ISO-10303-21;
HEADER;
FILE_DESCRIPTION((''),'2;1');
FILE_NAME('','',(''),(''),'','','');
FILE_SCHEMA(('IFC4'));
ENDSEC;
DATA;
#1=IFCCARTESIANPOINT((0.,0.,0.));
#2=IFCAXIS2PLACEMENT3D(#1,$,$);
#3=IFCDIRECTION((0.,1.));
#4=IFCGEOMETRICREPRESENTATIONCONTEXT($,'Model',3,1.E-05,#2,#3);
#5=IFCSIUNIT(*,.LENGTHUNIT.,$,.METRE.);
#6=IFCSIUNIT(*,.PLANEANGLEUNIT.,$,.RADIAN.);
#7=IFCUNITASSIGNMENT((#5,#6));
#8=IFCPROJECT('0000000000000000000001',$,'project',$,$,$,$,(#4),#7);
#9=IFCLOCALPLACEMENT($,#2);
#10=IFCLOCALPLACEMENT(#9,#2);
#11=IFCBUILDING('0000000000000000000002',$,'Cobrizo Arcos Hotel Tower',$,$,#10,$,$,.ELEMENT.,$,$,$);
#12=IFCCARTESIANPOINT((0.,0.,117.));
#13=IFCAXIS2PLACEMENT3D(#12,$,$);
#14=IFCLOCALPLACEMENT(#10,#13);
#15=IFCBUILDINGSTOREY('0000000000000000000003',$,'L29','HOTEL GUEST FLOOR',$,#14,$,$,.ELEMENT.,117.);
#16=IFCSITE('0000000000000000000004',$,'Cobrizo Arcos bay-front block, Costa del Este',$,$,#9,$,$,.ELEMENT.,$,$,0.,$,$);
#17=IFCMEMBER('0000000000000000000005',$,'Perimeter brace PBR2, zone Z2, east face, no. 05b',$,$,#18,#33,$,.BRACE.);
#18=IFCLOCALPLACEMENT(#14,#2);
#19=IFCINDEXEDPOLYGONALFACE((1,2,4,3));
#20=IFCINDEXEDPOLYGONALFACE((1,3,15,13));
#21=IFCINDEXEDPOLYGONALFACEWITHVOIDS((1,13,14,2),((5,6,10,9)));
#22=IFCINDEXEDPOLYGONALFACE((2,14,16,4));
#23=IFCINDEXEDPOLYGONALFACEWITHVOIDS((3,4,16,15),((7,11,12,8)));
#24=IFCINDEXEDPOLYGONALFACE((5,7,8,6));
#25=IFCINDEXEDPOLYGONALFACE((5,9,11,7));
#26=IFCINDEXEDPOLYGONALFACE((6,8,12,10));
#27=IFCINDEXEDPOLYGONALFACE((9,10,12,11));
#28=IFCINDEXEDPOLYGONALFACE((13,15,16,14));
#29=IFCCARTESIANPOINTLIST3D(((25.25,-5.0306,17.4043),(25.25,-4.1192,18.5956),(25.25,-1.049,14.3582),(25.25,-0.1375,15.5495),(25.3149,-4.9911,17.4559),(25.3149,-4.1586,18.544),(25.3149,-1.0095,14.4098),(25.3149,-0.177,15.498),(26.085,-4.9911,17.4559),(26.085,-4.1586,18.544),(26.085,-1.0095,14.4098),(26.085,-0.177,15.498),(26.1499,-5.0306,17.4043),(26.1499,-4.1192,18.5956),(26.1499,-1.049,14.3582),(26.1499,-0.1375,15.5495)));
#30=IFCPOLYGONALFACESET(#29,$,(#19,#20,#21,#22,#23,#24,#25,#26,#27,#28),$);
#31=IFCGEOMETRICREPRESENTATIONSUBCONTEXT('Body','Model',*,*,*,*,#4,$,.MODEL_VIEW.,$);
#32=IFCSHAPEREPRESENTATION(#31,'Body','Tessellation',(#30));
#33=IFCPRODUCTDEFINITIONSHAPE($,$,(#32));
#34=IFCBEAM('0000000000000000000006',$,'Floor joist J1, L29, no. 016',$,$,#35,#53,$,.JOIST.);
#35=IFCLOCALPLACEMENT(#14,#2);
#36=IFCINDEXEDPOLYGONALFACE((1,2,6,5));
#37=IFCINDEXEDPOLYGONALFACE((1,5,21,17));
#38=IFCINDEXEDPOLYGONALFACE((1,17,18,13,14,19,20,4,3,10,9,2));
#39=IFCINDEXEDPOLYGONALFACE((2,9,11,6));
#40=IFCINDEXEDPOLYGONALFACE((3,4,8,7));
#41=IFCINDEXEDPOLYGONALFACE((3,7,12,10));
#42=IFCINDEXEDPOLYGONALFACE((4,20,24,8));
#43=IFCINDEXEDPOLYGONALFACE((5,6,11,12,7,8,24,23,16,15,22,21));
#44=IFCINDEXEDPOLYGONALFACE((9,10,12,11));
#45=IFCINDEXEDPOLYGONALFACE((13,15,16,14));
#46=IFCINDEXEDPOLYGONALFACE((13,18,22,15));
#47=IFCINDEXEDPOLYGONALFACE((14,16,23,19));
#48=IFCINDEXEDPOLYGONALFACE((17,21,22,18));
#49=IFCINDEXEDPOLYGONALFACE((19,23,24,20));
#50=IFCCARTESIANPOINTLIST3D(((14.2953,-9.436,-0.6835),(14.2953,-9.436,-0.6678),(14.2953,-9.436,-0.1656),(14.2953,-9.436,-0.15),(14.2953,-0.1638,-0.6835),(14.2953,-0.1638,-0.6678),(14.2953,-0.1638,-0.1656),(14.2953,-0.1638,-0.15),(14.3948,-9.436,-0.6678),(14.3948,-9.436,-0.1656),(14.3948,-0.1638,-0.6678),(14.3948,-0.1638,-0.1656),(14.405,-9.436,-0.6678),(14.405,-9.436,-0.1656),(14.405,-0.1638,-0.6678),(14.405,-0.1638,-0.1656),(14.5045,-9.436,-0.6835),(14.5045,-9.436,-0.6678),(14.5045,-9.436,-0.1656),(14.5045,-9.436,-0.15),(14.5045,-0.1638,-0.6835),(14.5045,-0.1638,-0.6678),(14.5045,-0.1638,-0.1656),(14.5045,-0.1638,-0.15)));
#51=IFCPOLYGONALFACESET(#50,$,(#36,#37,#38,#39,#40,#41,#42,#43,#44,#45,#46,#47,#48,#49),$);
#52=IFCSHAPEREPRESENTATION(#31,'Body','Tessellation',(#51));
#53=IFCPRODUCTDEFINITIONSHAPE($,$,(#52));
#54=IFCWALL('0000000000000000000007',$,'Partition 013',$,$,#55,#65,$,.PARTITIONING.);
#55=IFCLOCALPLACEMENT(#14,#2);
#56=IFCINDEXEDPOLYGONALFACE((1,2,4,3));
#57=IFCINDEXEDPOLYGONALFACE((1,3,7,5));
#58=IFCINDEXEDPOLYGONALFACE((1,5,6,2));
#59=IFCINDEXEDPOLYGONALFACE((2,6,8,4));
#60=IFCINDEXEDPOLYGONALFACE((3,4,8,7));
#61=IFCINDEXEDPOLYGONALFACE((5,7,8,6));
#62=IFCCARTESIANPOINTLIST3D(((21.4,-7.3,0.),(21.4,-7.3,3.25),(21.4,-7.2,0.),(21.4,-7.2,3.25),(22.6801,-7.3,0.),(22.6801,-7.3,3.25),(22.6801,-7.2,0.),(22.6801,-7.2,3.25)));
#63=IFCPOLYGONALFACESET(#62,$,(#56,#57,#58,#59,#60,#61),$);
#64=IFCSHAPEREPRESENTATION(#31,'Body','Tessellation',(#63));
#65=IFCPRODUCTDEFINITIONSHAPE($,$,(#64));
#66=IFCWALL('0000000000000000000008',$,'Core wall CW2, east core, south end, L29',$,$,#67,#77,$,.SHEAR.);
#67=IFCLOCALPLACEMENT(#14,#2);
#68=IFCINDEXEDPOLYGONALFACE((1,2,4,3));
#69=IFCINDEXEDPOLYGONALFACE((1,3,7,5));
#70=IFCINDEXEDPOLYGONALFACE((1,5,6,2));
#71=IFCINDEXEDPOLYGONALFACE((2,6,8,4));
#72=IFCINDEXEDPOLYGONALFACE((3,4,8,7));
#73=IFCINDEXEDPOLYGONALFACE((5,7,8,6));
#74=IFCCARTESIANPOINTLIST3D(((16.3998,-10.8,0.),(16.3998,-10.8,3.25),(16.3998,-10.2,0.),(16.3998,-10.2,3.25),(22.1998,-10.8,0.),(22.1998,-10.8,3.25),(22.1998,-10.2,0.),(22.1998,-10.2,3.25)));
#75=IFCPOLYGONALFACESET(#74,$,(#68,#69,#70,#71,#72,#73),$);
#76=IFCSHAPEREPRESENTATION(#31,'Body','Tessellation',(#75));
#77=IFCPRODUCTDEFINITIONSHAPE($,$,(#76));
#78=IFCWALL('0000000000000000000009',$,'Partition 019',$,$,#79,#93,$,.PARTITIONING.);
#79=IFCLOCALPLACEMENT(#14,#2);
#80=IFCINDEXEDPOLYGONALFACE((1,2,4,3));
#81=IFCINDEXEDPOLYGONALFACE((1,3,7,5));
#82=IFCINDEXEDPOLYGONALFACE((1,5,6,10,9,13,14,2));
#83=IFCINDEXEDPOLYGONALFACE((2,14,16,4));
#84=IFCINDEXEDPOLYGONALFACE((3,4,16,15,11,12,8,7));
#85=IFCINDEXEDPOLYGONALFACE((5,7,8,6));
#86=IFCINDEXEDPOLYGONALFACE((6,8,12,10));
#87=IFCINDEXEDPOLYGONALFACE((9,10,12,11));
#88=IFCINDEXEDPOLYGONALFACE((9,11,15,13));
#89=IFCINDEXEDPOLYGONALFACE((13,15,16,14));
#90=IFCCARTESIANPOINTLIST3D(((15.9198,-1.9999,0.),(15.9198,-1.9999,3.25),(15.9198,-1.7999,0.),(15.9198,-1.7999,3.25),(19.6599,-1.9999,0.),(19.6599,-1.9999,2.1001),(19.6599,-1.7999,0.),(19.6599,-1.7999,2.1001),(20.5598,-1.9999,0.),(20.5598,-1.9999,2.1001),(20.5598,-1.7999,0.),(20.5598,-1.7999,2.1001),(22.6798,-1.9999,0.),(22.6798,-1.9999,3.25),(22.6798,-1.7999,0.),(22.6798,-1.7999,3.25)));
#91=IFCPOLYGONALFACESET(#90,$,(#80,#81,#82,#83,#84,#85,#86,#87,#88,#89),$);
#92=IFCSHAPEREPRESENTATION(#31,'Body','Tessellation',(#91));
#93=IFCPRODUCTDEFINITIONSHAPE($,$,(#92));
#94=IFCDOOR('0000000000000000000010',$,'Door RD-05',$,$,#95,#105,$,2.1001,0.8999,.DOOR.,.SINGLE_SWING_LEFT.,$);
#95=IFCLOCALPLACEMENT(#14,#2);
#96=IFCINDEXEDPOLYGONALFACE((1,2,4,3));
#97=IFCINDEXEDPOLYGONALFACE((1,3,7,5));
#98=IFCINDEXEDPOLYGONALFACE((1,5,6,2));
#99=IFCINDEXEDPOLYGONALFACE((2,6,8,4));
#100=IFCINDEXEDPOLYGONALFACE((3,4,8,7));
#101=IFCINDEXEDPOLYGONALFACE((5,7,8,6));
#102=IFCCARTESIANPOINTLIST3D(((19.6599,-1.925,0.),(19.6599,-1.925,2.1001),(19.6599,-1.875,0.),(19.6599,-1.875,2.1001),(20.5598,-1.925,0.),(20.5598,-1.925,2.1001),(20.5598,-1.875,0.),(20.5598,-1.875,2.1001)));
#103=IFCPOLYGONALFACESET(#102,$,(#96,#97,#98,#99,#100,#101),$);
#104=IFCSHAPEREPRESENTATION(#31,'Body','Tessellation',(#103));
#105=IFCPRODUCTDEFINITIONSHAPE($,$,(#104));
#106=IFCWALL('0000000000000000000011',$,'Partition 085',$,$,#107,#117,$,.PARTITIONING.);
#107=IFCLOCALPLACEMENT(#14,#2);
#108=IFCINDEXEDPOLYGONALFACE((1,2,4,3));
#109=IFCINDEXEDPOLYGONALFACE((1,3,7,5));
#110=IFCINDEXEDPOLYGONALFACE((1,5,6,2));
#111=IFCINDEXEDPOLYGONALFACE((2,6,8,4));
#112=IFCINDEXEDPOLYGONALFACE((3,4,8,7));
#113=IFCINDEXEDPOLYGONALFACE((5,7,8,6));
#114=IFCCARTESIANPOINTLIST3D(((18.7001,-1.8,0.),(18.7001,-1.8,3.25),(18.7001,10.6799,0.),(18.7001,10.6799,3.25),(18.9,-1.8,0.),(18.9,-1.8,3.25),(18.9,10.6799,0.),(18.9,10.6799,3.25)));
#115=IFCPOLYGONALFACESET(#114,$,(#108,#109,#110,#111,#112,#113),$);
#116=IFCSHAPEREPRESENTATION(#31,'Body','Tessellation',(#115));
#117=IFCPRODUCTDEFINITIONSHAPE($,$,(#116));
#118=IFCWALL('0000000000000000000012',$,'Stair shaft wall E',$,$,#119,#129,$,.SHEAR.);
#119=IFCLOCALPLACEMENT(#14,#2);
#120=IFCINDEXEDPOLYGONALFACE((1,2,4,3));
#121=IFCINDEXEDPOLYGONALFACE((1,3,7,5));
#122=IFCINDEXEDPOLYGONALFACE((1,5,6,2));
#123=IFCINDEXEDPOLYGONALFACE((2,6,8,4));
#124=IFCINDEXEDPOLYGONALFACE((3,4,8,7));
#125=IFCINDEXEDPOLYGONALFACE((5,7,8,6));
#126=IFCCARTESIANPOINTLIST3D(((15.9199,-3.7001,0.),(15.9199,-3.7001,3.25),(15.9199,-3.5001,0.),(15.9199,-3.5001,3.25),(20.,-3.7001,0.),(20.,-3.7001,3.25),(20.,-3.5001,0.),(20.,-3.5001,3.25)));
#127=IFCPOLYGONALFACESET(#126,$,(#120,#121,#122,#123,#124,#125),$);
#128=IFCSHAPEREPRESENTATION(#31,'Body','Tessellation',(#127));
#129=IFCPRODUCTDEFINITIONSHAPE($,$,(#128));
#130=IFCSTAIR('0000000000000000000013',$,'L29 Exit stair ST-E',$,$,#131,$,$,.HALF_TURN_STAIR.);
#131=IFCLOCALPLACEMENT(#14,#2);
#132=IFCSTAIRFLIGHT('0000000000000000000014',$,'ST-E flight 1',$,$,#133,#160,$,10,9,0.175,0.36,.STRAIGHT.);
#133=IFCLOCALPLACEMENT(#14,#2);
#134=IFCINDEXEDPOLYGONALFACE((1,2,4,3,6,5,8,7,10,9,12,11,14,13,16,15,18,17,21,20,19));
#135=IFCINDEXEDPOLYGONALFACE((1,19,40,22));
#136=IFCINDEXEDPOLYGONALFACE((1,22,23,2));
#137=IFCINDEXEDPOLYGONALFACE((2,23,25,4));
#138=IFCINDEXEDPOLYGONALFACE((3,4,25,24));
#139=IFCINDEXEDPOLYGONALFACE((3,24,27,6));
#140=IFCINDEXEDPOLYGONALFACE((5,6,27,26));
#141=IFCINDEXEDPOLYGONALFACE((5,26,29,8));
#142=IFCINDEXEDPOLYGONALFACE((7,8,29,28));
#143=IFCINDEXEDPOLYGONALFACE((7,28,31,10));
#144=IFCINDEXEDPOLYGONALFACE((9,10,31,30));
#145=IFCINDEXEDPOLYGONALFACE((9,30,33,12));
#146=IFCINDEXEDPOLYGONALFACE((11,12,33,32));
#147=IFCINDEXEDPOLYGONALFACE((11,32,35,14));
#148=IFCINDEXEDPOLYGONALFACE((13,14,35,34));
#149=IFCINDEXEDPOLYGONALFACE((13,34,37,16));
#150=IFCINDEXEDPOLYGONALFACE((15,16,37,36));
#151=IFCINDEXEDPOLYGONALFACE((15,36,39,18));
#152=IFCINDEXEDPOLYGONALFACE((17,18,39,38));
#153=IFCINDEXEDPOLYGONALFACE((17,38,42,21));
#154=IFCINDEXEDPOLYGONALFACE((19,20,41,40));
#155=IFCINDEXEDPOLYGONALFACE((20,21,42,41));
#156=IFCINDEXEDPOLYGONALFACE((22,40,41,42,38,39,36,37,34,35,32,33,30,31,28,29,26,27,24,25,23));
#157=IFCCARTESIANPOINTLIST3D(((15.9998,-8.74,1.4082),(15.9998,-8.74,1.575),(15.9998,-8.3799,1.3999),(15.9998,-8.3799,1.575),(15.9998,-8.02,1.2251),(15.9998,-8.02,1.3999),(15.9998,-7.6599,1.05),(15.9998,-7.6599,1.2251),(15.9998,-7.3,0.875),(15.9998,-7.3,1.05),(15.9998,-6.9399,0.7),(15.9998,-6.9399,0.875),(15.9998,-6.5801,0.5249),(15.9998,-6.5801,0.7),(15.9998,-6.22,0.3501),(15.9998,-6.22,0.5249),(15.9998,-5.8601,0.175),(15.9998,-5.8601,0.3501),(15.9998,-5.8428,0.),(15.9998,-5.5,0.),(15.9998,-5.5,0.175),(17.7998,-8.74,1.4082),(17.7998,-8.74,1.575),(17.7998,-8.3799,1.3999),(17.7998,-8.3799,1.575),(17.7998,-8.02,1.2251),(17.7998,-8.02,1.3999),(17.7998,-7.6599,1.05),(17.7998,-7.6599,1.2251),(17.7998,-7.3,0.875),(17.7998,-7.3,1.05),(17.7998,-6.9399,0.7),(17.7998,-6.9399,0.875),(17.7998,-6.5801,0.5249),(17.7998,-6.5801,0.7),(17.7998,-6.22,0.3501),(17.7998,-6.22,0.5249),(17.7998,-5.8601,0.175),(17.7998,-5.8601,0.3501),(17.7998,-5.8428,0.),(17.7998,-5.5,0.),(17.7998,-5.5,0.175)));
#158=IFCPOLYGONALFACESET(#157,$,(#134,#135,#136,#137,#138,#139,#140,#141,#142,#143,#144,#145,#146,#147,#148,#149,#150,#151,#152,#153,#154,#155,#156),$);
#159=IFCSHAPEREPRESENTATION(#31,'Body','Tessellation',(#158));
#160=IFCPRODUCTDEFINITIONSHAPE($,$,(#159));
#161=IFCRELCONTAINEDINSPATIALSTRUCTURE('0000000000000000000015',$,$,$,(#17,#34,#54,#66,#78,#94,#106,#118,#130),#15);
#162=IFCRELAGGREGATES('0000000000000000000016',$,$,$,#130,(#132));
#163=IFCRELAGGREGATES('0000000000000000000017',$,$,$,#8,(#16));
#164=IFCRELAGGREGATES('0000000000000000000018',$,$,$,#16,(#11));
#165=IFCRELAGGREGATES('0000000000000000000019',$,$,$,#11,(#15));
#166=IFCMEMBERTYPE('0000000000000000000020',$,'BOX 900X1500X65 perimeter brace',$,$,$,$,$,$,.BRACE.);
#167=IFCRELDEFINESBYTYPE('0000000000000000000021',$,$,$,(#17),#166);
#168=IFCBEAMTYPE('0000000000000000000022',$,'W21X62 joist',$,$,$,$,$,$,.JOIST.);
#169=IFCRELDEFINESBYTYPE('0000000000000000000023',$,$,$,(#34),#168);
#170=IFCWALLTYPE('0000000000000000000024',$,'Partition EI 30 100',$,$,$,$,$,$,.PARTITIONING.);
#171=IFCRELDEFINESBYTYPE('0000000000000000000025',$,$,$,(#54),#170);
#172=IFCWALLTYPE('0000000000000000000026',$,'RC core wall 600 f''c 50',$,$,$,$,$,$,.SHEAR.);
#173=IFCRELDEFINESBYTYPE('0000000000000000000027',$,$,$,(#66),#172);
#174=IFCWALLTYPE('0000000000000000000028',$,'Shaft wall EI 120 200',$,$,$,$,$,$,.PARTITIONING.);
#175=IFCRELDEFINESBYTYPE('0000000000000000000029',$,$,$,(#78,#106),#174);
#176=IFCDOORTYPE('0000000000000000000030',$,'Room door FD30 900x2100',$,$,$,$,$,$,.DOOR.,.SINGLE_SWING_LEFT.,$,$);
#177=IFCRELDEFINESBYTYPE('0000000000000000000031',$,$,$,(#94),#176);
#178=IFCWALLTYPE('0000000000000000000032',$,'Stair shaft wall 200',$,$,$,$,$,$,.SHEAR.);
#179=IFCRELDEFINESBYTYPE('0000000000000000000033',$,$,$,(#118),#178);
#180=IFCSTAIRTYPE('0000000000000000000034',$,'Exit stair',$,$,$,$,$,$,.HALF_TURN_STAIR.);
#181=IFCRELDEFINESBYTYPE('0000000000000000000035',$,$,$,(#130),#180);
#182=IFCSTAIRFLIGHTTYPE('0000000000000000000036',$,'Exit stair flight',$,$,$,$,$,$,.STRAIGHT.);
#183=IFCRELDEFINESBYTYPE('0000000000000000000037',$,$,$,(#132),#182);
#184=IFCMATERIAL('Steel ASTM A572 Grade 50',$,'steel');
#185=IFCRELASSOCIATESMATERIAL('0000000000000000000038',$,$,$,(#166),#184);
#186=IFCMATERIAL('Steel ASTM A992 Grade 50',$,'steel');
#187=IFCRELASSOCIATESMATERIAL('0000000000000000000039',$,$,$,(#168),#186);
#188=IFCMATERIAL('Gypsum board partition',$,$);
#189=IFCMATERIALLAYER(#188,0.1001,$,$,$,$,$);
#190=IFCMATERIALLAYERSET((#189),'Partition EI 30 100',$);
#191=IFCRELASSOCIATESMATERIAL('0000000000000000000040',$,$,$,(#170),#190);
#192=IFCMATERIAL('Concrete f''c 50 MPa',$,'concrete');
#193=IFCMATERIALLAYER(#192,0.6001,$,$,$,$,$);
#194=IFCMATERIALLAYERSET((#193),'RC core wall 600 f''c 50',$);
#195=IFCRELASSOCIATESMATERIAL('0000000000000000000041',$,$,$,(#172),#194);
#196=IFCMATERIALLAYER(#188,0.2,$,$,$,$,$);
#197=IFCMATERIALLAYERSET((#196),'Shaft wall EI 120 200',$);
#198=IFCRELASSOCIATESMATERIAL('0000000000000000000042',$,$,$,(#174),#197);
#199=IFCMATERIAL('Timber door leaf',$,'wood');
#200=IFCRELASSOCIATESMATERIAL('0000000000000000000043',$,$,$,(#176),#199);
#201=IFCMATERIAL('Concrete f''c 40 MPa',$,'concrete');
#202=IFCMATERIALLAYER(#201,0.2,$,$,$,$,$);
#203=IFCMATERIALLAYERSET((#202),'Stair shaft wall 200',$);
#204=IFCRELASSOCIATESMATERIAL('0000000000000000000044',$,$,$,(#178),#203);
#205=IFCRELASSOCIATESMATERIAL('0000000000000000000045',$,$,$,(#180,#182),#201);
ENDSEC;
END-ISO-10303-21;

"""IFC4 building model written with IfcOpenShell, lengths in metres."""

from ifc_helpers import new_model, si_unit, direction, frame, frame_2d, origin, origin_2d, place, context, subcontext, project, spatial, polyline, rectangle, hollow_rectangle, i_section, outline, extrude, material, layer, layer_set, material_profile, profile_set, type_object, element, fill, aggregate, save


model = new_model("IFC4")

# Units and contexts
model_context = context("Model", 3, precision=1e-05, world=origin(), true_north=direction((0.0, 1.0)))
body_context = subcontext(model_context, "Body", "Model", "MODEL_VIEW")
ifc_project = project(units=[si_unit("LENGTHUNIT", "METRE"), si_unit("PLANEANGLEUNIT", "RADIAN")], contexts=[model_context])

# Site, building, storey
site_placement = place(None, origin())
site = spatial("IfcSite", under=ifc_project, at=site_placement, Name="Cobrizo Arcos bay-front block, Costa del Este", CompositionType="ELEMENT", RefElevation=0.0)
building_placement = place(site_placement, origin())
building = spatial("IfcBuilding", under=site, at=building_placement, Name="Cobrizo Arcos Hotel Tower", CompositionType="ELEMENT")
storey_placement = place(building_placement, frame((0.0, 0.0, 117.0)))
storey = spatial("IfcBuildingStorey", under=building, at=storey_placement, Name="L29", Description="HOTEL GUEST FLOOR", CompositionType="ELEMENT", Elevation=117.0)

# Member
ifc_material_1 = material(Name="Steel ASTM A572 Grade 50", Category="steel")
ifc_material_profile_1 = material_profile(ifc_material_1, hollow_rectangle(XDim=0.8999, YDim=1.5, WallThickness=0.0649, at=origin_2d()), Name="BOX 900X1500X65")
ifc_profile_set_1 = profile_set([ifc_material_profile_1], Name="Steel ASTM A572 Grade 50")
member_type = type_object("IfcMemberType", Name="BOX 900X1500X65 perimeter brace", PredefinedType="BRACE", material=ifc_profile_set_1)
member_placement = place(storey_placement, frame((25.7, -0.5933, 14.9539), z_axis=(0.0, -0.794231, 0.607616), x_axis=(1.0, 0.0, 0.0)))
element("IfcMember", 1, at=member_placement, inside=storey, type_object=member_type, Name="Perimeter brace PBR2, zone Z2, east face, no. 05b", PredefinedType="BRACE", context=body_context, shape_type="SweptSolid", body=[
    extrude(hollow_rectangle(XDim=0.8999, YDim=1.5, WallThickness=0.0649, at=origin_2d()), origin(), (0.0, 0.0, 1.0), 5.0132),
])

# Beam
ifc_material_2 = material(Name="Steel ASTM A992 Grade 50", Category="steel")
ifc_material_profile_2 = material_profile(ifc_material_2, i_section(OverallWidth=0.2092, OverallDepth=0.5334, WebThickness=0.0103, FlangeThickness=0.0156, at=origin_2d()), Name="W21X62")
ifc_profile_set_2 = profile_set([ifc_material_profile_2], Name="Steel ASTM A992 Grade 50")
beam_type = type_object("IfcBeamType", Name="W21X62 joist", PredefinedType="JOIST", material=ifc_profile_set_2)
beam_placement = place(storey_placement, frame((14.3999, -9.436, -0.4167), z_axis=(0.0, 1.0, 0.0), x_axis=(-1.0, 0.0, 0.0)))
element("IfcBeam", 2, at=beam_placement, inside=storey, type_object=beam_type, Name="Floor joist J1, L29, no. 016", PredefinedType="JOIST", context=body_context, shape_type="SweptSolid", body=[
    extrude(i_section(OverallWidth=0.2092, OverallDepth=0.5334, WebThickness=0.0103, FlangeThickness=0.0156, at=origin_2d()), origin(), (0.0, 0.0, 1.0), 9.2722),
])

# Walls
ifc_material_3 = material(Name="Gypsum board partition")
ifc_layer_1 = layer(ifc_material_3, 0.1001)
ifc_layer_set_1 = layer_set([ifc_layer_1], Name="Partition EI 30 100")
wall_type_1 = type_object("IfcWallType", Name="Partition EI 30 100", PredefinedType="PARTITIONING", material=ifc_layer_set_1)
wall_1_placement = place(storey_placement, frame((21.3999, -7.25, 0.0), z_axis=(0.0, 0.0, 1.0), x_axis=(1.0, 0.0, 0.0)))
element("IfcWall", 3, at=wall_1_placement, inside=storey, type_object=wall_type_1, Name="Partition 013", PredefinedType="PARTITIONING", context=body_context, shape_type="SweptSolid", body=[
    extrude(rectangle(XDim=1.28, YDim=0.1001, at=frame_2d((0.6401, 0.0))), origin(), (0.0, 0.0, 1.0), 3.25),
])
ifc_material_4 = material(Name="Concrete f'c 50 MPa", Category="concrete")
ifc_layer_2 = layer(ifc_material_4, 0.6001)
ifc_layer_set_2 = layer_set([ifc_layer_2], Name="RC core wall 600 f'c 50")
wall_type_2 = type_object("IfcWallType", Name="RC core wall 600 f'c 50", PredefinedType="SHEAR", material=ifc_layer_set_2)
wall_2_placement = place(storey_placement, frame((16.3999, -10.5, 0.0), z_axis=(0.0, 0.0, 1.0), x_axis=(1.0, 0.0, 0.0)))
element("IfcWall", 4, at=wall_2_placement, inside=storey, type_object=wall_type_2, Name="Core wall CW2, east core, south end, L29", PredefinedType="SHEAR", context=body_context, shape_type="SweptSolid", body=[
    extrude(rectangle(XDim=5.8, YDim=0.6001, at=frame_2d((2.8999, 0.0))), origin(), (0.0, 0.0, 1.0), 3.25),
])

# Wall, opening, door
ifc_layer_3 = layer(ifc_material_3, 0.2)
ifc_layer_set_3 = layer_set([ifc_layer_3], Name="Shaft wall EI 120 200")
wall_type_3 = type_object("IfcWallType", Name="Shaft wall EI 120 200", PredefinedType="PARTITIONING", material=ifc_layer_set_3)
wall_3_placement = place(storey_placement, frame((15.9199, -1.8999, 0.0), z_axis=(0.0, 0.0, 1.0), x_axis=(1.0, 0.0, 0.0)))
wall_3 = element("IfcWall", 5, at=wall_3_placement, inside=storey, type_object=wall_type_3, Name="Partition 019", PredefinedType="PARTITIONING", context=body_context, shape_type="SweptSolid", body=[
    extrude(rectangle(XDim=6.76, YDim=0.2, at=frame_2d((3.3799, 0.0))), origin(), (0.0, 0.0, 1.0), 3.25),
])
opening_placement = place(wall_3_placement, frame((3.74, 0.0, 0.0)))
opening = element("IfcOpeningElement", 6, at=opening_placement, cuts=wall_3, PredefinedType="OPENING", context=body_context, shape_type="SweptSolid", body=[
    extrude(rectangle(XDim=0.8999, YDim=2.1001, at=frame_2d((0.45, 1.05))), frame((0.0, 0.1121, 0.0), z_axis=(0.0, -1.0, 0.0), x_axis=(1.0, 0.0, 0.0)), (0.0, 0.0, 1.0), 0.2239),
])
ifc_material_5 = material(Name="Timber door leaf", Category="wood")
door_type = type_object("IfcDoorType", Name="Room door FD30 900x2100", OperationType="SINGLE_SWING_LEFT", PredefinedType="DOOR", material=ifc_material_5)
door_placement = place(opening_placement, origin())
door = element("IfcDoor", 7, at=door_placement, inside=storey, type_object=door_type, Name="Door RD-05", OperationType="SINGLE_SWING_LEFT", OverallHeight=2.1001, OverallWidth=0.8999, PredefinedType="DOOR", context=body_context, shape_type="SweptSolid", body=[
    extrude(rectangle(XDim=0.8999, YDim=2.1001, at=frame_2d((0.45, 1.05))), frame((0.0, 0.0249, 0.0), z_axis=(0.0, -1.0, 0.0), x_axis=(1.0, 0.0, 0.0)), (0.0, 0.0, 1.0), 0.05),
])
fill(opening, door)

# Walls
wall_4_placement = place(storey_placement, frame((18.8, -1.8, 0.0), z_axis=(0.0, 0.0, 1.0), x_axis=(0.0, 1.0, 0.0)))
element("IfcWall", 8, at=wall_4_placement, inside=storey, type_object=wall_type_3, Name="Partition 085", PredefinedType="PARTITIONING", context=body_context, shape_type="SweptSolid", body=[
    extrude(rectangle(XDim=12.48, YDim=0.2, at=frame_2d((6.24, 0.0))), origin(), (0.0, 0.0, 1.0), 3.25),
])
ifc_material_6 = material(Name="Concrete f'c 40 MPa", Category="concrete")
ifc_layer_4 = layer(ifc_material_6, 0.2)
ifc_layer_set_4 = layer_set([ifc_layer_4], Name="Stair shaft wall 200")
wall_type_4 = type_object("IfcWallType", Name="Stair shaft wall 200", PredefinedType="SHEAR", material=ifc_layer_set_4)
wall_5_placement = place(storey_placement, frame((15.9199, -3.6001, 0.0), z_axis=(0.0, 0.0, 1.0), x_axis=(1.0, 0.0, 0.0)))
element("IfcWall", 9, at=wall_5_placement, inside=storey, type_object=wall_type_4, Name="Stair shaft wall E", PredefinedType="SHEAR", context=body_context, shape_type="SweptSolid", body=[
    extrude(rectangle(XDim=4.0801, YDim=0.2, at=frame_2d((2.04, 0.0))), origin(), (0.0, 0.0, 1.0), 3.25),
])

# Stair, stair flight
stair_type = type_object("IfcStairType", Name="Exit stair", PredefinedType="HALF_TURN_STAIR", material=ifc_material_6)
stair_placement = place(storey_placement, origin())
stair = element("IfcStair", 10, at=stair_placement, inside=storey, type_object=stair_type, Name="L29 Exit stair ST-E", PredefinedType="HALF_TURN_STAIR")
stair_flight_type = type_object("IfcStairFlightType", Name="Exit stair flight", PredefinedType="STRAIGHT", material=ifc_material_6)
stair_flight_1_placement = place(storey_placement, frame((16.8999, -5.5, 0.0), z_axis=(0.0, 0.0, 1.0), x_axis=(0.0, -1.0, 0.0)))
stair_flight_1 = element("IfcStairFlight", 11, at=stair_flight_1_placement, type_object=stair_flight_type, Name="ST-E flight 1", NumberOfRisers=10, NumberOfTreads=9, PredefinedType="STRAIGHT", RiserHeight=0.175, TreadLength=0.36, context=body_context, shape_type="SweptSolid", body=[
    extrude(outline(polyline([(0.0, 0.0), (0.0, 0.175), (0.3601, 0.175), (0.3601, 0.3501), (0.72, 0.3501), (0.72, 0.5249), (1.0801, 0.5249), (1.0801, 0.7), (1.4399, 0.7), (1.4399, 0.875), (1.8, 0.875), (1.8, 1.05), (2.1599, 1.05), (2.1599, 1.2251), (2.52, 1.2251), (2.52, 1.3999), (2.8799, 1.3999), (2.8799, 1.575), (3.24, 1.575), (3.24, 1.75), (3.24, 1.4082), (0.3428, 0.0), (0.0, 0.0)])), frame((0.0, 0.8999, 0.0), z_axis=(0.0, -1.0, 0.0), x_axis=(1.0, 0.0, 0.0)), (0.0, 0.0, 1.0), 1.8),
])
aggregate(stair, [stair_flight_1])

save(model, "model.ifc")
